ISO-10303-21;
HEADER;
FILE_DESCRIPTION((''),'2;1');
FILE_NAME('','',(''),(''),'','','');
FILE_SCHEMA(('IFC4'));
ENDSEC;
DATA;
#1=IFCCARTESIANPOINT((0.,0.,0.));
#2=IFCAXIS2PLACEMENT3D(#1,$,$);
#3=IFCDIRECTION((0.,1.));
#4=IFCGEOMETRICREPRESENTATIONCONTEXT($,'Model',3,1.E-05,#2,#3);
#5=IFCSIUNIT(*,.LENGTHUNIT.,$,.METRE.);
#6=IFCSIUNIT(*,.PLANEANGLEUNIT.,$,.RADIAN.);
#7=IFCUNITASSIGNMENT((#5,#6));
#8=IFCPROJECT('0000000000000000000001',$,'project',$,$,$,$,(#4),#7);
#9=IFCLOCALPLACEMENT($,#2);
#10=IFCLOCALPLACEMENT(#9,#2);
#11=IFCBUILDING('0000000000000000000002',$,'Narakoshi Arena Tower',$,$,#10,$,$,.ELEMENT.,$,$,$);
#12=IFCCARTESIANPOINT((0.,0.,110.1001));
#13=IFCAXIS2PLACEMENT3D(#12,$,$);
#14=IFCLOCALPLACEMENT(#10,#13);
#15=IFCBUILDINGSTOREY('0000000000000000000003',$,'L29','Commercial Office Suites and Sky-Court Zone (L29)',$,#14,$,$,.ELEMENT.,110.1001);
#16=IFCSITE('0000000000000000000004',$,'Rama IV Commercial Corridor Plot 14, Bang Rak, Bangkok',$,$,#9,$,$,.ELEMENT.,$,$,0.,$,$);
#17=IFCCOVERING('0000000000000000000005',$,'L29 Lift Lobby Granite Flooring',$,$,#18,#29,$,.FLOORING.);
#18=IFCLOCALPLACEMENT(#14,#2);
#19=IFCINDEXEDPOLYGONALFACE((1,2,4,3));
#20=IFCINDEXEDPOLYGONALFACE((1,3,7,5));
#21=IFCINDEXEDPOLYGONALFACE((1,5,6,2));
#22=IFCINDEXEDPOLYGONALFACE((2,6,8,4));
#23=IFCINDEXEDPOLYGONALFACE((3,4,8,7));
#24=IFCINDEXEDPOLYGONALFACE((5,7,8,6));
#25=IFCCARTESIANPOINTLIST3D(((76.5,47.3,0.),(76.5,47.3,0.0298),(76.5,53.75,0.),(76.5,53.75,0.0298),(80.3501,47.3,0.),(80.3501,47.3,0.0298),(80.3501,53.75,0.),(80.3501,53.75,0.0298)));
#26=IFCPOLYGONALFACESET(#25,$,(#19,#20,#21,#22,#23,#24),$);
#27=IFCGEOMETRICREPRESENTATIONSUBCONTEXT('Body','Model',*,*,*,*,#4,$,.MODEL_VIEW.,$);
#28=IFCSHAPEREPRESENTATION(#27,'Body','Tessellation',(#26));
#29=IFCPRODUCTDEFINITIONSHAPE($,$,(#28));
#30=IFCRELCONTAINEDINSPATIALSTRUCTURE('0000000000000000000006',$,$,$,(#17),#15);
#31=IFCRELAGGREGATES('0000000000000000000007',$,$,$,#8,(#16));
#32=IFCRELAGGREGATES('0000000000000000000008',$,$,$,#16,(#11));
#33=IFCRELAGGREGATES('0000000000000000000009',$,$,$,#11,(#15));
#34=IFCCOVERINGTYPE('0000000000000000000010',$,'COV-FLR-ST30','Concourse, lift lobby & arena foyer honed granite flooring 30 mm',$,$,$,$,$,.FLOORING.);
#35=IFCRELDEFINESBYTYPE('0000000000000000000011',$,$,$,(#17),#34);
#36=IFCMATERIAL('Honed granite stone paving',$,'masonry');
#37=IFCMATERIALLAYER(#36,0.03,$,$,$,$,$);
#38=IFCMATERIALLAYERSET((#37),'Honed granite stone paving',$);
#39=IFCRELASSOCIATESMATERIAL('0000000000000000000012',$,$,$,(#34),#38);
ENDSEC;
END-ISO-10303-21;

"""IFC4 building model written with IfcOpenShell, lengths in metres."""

from ifc_helpers import new_model, si_unit, direction, frame, origin, place, context, subcontext, project, spatial, polyline, outline, extrude, material, layer, layer_set, type_object, element, save


model = new_model("IFC4")

# Units and contexts
model_context = context("Model", 3, precision=1e-05, world=origin(), true_north=direction((0.0, 1.0)))
body_context = subcontext(model_context, "Body", "Model", "MODEL_VIEW")
ifc_project = project(units=[si_unit("LENGTHUNIT", "METRE"), si_unit("PLANEANGLEUNIT", "RADIAN")], contexts=[model_context])

# Site, building, storey
site_placement = place(None, origin())
site = spatial("IfcSite", under=ifc_project, at=site_placement, Name="Rama IV Commercial Corridor Plot 14, Bang Rak, Bangkok", CompositionType="ELEMENT", RefElevation=0.0)
building_placement = place(site_placement, origin())
building = spatial("IfcBuilding", under=site, at=building_placement, Name="Narakoshi Arena Tower", CompositionType="ELEMENT")
storey_placement = place(building_placement, frame((0.0, 0.0, 110.1001)))
storey = spatial("IfcBuildingStorey", under=building, at=storey_placement, Name="L29", Description="Commercial Office Suites and Sky-Court Zone (L29)", CompositionType="ELEMENT", Elevation=110.1001)

# Covering
ifc_material_1 = material(Name="Honed granite stone paving", Category="masonry")
ifc_layer_1 = layer(ifc_material_1, 0.03)
ifc_layer_set_1 = layer_set([ifc_layer_1], Name="Honed granite stone paving")
covering_type_1 = type_object("IfcCoveringType", Name="COV-FLR-ST30", Description="Concourse, lift lobby & arena foyer honed granite flooring 30 mm", PredefinedType="FLOORING", material=ifc_layer_set_1)
covering_1_placement = place(storey_placement, origin())
element("IfcCovering", 1, at=covering_1_placement, inside=storey, type_object=covering_type_1, Name="L29 Lift Lobby Granite Flooring", PredefinedType="FLOORING", context=body_context, shape_type="SweptSolid", body=[
    extrude(outline(polyline([(76.5, 47.3), (80.3501, 47.3), (80.3501, 53.75), (76.5, 53.75), (76.5, 47.3)])), origin(), (0.0, 0.0, 1.0), 0.0298),
])

save(model, "model.ifc")
